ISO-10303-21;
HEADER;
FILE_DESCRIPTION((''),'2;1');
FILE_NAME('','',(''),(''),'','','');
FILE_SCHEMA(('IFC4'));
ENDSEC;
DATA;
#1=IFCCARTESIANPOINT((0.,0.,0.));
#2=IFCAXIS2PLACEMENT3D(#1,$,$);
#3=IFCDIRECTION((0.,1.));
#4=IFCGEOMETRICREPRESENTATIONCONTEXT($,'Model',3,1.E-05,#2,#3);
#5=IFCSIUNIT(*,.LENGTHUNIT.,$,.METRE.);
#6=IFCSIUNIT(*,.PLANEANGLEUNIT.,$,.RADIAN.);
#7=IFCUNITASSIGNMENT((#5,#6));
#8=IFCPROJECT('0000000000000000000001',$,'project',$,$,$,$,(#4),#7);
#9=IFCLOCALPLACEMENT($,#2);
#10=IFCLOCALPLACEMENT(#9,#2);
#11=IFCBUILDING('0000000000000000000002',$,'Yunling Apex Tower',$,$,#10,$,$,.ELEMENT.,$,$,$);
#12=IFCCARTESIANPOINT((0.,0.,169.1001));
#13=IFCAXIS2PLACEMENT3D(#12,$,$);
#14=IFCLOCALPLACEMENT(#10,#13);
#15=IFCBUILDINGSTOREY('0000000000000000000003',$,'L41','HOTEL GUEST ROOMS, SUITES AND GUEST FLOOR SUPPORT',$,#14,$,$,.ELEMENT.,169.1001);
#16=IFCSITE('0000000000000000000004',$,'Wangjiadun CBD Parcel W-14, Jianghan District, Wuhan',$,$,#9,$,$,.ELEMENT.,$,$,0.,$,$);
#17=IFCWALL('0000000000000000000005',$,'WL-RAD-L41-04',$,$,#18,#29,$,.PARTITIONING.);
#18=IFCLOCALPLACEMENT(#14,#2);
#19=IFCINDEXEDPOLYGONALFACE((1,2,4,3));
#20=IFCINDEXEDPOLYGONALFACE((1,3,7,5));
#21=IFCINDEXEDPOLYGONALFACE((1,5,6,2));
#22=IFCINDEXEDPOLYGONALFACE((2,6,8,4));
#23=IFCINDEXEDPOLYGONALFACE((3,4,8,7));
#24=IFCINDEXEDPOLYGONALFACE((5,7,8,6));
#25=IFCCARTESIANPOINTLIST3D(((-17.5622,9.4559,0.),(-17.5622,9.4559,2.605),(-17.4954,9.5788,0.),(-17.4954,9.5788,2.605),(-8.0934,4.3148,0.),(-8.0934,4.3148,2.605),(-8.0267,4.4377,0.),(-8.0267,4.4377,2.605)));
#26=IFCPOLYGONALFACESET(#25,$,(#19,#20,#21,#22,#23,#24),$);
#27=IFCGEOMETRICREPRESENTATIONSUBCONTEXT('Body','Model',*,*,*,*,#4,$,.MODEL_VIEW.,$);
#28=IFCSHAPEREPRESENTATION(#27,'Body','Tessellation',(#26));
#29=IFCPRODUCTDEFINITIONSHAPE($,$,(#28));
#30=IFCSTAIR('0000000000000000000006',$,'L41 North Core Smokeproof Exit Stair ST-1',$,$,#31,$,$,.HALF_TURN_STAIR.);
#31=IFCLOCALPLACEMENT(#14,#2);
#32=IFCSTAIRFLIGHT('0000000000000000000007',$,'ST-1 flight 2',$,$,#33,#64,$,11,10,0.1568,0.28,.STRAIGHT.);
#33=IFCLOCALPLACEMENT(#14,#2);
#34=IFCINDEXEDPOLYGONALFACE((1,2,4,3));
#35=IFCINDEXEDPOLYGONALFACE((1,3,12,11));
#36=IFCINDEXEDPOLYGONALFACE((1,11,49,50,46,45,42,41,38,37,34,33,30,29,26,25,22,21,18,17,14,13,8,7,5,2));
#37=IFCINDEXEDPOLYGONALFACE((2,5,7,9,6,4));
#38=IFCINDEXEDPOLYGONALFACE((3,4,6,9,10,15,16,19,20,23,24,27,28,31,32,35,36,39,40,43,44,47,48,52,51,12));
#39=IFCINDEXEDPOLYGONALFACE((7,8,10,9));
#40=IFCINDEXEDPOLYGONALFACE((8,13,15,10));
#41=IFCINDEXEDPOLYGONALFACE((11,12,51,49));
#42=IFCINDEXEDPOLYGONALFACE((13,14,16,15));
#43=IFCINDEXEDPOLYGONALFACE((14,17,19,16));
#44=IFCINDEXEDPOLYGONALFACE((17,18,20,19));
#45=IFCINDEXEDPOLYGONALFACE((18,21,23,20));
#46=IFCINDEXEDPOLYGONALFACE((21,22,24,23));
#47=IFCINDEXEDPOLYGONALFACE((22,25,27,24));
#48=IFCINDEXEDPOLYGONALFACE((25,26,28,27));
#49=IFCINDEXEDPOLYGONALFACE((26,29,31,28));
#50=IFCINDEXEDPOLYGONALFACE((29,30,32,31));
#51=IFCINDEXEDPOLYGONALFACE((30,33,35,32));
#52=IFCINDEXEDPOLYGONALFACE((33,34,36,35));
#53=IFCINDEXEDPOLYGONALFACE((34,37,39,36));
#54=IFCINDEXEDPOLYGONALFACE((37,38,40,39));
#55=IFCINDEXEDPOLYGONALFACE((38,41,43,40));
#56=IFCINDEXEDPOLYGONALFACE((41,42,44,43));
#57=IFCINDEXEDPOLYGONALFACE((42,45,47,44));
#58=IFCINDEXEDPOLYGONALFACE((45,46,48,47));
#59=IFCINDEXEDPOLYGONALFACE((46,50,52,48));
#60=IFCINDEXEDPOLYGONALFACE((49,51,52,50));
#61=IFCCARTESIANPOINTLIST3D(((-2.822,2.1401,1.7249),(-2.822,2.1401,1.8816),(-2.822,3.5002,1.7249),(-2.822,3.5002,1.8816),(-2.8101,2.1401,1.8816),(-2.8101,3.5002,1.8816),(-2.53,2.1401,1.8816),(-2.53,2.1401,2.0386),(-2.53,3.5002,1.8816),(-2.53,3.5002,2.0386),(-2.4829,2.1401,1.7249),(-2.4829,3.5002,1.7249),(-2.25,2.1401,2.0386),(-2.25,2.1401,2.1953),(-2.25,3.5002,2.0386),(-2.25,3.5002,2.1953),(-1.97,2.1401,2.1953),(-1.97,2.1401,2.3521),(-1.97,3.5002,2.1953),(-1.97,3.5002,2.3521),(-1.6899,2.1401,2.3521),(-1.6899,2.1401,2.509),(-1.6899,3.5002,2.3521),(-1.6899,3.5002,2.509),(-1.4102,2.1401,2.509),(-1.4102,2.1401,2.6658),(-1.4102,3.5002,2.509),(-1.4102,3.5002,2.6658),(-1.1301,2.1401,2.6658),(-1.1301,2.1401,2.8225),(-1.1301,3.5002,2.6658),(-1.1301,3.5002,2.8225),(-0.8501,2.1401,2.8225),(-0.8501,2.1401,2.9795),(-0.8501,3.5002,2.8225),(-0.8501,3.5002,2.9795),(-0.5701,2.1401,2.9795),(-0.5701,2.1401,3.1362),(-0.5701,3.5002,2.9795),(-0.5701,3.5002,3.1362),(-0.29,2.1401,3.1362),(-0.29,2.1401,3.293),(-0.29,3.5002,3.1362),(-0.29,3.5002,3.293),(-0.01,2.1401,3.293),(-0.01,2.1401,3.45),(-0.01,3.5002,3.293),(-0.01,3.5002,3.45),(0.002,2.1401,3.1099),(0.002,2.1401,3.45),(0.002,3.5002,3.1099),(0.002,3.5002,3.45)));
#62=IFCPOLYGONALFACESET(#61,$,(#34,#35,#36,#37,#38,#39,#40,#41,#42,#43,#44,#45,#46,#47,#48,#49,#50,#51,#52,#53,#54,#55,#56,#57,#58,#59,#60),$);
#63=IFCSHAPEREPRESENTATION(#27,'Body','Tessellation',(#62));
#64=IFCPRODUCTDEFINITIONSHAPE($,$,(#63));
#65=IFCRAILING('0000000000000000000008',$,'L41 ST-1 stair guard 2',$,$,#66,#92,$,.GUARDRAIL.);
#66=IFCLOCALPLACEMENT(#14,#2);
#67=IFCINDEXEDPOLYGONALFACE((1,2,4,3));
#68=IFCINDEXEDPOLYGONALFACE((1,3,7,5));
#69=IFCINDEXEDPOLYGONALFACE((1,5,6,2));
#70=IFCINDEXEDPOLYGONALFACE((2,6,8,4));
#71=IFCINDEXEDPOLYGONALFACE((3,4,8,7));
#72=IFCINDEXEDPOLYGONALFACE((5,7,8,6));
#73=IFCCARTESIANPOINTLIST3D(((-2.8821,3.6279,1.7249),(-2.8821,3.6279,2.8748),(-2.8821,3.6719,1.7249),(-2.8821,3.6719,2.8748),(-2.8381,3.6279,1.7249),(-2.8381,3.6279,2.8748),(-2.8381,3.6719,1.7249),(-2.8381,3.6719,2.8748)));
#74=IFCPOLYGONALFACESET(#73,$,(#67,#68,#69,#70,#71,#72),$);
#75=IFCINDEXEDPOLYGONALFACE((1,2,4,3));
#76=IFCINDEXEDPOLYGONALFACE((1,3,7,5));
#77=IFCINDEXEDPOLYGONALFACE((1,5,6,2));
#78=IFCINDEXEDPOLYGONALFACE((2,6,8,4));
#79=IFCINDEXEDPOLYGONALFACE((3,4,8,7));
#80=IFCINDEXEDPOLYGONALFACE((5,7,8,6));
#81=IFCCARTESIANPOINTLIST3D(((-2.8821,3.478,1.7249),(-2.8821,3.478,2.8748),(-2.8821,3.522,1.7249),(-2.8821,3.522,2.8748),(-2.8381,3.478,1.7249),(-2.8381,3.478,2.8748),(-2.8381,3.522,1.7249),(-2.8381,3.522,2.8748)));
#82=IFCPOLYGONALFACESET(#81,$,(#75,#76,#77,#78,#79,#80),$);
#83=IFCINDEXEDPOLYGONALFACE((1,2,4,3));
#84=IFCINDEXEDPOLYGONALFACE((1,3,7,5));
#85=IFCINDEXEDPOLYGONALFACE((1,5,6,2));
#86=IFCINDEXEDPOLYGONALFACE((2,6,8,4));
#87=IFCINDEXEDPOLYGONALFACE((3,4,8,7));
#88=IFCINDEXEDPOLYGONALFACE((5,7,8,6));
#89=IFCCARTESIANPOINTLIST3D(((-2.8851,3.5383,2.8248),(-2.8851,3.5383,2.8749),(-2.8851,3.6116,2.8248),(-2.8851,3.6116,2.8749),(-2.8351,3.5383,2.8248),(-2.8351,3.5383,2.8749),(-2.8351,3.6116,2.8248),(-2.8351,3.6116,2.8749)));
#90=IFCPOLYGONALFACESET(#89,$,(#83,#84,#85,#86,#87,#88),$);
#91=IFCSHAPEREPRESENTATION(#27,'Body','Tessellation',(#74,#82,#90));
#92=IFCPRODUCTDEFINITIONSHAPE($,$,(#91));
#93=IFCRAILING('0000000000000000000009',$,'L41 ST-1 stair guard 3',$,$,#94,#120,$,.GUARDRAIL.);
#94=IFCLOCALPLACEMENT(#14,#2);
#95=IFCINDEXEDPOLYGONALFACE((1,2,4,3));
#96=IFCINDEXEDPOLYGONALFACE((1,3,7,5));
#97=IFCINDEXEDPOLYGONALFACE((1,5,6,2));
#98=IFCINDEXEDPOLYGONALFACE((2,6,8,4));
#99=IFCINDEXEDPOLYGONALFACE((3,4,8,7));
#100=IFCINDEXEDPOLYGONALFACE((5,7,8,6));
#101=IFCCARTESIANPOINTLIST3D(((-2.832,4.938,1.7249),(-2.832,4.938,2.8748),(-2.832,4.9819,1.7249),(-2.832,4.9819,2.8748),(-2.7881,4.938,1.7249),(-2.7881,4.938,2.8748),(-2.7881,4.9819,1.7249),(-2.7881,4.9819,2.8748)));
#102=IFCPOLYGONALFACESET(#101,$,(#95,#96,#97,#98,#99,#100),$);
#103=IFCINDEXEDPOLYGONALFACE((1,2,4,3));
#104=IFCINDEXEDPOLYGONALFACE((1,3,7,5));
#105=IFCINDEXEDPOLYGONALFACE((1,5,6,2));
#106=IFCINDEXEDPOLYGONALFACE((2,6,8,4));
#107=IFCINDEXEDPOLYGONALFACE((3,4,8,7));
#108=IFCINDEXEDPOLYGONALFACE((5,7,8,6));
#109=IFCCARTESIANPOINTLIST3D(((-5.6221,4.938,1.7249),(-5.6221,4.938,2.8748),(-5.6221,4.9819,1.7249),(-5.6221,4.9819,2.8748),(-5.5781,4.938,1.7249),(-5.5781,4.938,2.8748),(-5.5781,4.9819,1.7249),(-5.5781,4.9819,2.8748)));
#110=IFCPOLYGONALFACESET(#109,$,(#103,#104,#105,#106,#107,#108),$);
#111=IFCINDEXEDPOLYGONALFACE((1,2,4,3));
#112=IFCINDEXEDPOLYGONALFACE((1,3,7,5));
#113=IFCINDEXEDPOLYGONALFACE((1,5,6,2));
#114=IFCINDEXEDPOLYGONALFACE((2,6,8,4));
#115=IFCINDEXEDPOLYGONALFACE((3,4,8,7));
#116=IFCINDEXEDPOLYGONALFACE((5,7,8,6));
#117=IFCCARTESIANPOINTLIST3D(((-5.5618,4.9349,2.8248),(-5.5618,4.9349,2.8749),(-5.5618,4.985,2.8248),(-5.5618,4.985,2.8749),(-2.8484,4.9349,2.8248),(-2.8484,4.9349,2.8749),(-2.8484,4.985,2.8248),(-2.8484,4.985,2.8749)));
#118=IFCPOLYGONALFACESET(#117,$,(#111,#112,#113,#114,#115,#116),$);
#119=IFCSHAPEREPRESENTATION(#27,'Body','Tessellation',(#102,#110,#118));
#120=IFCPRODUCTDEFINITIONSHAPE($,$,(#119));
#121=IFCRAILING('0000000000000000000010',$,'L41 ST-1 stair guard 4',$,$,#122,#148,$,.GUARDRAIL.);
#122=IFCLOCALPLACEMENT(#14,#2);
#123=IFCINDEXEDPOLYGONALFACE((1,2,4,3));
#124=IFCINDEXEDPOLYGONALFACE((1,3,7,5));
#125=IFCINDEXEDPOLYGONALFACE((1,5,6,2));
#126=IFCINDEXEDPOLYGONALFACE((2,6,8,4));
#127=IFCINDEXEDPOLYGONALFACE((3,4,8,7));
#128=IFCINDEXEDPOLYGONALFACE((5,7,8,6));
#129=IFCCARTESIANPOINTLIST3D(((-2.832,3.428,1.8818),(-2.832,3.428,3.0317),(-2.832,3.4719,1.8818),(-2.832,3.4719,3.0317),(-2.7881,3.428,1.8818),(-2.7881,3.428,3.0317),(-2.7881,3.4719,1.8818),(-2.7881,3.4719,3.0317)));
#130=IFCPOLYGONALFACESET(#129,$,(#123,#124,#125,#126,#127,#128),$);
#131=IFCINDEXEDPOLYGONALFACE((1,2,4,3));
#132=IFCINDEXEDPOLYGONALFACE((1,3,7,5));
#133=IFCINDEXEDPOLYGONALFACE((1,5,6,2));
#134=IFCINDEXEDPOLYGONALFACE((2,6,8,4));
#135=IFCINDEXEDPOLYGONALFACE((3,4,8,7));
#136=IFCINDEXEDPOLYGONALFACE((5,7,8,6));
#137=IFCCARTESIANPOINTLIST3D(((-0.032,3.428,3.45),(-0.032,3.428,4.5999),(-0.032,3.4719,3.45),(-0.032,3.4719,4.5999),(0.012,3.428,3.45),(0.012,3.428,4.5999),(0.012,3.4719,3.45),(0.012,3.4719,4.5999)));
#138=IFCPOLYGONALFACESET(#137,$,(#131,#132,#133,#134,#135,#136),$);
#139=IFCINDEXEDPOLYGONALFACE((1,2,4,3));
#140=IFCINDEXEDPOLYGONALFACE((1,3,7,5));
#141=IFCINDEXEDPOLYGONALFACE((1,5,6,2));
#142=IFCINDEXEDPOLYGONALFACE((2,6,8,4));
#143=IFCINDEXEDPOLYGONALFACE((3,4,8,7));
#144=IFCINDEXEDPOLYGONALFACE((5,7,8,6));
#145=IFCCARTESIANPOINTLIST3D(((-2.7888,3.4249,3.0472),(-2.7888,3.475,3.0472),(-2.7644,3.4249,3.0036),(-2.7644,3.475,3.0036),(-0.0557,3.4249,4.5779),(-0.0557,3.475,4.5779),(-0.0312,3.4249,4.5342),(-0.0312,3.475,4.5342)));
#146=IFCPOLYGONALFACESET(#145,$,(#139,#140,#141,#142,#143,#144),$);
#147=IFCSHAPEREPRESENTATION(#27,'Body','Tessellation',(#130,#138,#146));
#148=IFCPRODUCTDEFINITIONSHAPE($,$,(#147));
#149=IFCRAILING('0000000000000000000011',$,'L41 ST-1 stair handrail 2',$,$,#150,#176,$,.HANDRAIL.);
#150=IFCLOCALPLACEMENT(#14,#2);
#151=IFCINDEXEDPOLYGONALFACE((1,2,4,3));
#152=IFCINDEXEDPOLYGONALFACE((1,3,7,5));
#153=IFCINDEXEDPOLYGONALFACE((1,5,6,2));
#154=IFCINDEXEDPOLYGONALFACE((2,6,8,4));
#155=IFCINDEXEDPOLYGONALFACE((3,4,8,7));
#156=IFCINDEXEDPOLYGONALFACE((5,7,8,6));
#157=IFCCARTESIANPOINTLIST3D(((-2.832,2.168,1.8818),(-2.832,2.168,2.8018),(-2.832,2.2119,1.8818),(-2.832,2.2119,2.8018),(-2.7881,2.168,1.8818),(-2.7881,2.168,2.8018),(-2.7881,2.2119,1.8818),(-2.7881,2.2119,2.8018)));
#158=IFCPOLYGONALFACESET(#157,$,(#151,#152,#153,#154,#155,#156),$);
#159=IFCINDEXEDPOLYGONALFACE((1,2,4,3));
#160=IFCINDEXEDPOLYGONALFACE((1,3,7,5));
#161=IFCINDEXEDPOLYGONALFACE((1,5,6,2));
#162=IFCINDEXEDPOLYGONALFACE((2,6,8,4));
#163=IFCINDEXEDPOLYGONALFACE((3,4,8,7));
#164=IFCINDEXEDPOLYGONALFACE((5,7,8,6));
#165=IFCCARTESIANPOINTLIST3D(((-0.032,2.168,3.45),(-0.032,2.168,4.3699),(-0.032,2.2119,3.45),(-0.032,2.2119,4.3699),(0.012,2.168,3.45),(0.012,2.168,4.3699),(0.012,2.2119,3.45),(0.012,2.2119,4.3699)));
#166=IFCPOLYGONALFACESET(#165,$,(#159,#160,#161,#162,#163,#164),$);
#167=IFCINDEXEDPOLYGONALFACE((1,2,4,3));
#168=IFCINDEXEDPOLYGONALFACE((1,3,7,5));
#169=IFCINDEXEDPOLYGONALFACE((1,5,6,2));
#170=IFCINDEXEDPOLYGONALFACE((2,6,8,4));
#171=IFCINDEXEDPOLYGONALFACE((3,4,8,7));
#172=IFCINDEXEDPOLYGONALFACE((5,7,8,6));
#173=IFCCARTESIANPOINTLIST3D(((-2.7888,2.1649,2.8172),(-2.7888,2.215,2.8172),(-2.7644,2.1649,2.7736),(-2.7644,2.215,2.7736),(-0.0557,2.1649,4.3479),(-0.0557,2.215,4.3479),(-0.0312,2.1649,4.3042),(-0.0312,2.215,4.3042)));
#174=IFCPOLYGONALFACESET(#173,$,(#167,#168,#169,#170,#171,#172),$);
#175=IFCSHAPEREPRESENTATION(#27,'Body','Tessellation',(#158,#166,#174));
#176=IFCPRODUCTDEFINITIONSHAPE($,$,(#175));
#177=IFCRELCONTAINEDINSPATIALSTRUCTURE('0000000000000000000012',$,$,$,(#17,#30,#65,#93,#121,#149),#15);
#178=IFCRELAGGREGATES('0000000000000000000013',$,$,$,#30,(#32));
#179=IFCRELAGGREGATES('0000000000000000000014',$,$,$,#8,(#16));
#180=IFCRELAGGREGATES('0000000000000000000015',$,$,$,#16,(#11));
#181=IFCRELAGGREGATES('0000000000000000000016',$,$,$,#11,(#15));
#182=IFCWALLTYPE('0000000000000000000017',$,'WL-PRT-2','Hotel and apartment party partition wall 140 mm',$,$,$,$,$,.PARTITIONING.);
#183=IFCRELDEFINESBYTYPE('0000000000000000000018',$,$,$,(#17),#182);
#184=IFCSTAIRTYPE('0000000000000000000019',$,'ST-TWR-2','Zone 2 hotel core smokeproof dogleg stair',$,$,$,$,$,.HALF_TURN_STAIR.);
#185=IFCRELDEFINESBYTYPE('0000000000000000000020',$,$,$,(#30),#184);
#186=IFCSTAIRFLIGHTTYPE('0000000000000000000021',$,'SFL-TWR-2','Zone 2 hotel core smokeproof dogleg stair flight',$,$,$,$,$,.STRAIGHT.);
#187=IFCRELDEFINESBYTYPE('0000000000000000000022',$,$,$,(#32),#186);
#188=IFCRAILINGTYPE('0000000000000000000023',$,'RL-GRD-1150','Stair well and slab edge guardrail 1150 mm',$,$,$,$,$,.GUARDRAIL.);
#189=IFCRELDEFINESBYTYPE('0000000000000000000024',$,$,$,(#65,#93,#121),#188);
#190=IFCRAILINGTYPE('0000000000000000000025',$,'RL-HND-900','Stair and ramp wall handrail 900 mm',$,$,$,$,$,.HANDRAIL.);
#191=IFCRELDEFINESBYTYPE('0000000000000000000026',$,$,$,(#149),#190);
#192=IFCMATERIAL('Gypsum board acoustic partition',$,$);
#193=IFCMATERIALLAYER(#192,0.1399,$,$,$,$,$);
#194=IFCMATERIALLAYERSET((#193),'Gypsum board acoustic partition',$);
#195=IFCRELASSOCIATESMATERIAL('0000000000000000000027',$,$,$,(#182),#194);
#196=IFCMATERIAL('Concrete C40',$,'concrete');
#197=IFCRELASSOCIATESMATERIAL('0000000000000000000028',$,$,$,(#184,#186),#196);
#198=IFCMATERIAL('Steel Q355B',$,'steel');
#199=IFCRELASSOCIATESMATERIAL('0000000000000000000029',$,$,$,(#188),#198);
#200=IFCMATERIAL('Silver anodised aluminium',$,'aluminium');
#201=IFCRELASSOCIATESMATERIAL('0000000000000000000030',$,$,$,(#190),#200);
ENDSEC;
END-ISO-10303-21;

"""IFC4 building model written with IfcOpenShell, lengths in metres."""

from ifc_helpers import new_model, si_unit, direction, frame, frame_2d, origin, origin_2d, place, context, subcontext, project, spatial, polyline, rectangle, outline, extrude, material, layer, layer_set, type_object, element, aggregate, save


model = new_model("IFC4")

# Units and contexts
model_context = context("Model", 3, precision=1e-05, world=origin(), true_north=direction((0.0, 1.0)))
body_context = subcontext(model_context, "Body", "Model", "MODEL_VIEW")
ifc_project = project(units=[si_unit("LENGTHUNIT", "METRE"), si_unit("PLANEANGLEUNIT", "RADIAN")], contexts=[model_context])

# Site, building, storey
site_placement = place(None, origin())
site = spatial("IfcSite", under=ifc_project, at=site_placement, Name="Wangjiadun CBD Parcel W-14, Jianghan District, Wuhan", CompositionType="ELEMENT", RefElevation=0.0)
building_placement = place(site_placement, origin())
building = spatial("IfcBuilding", under=site, at=building_placement, Name="Yunling Apex Tower", CompositionType="ELEMENT")
storey_placement = place(building_placement, frame((0.0, 0.0, 169.1001)))
storey = spatial("IfcBuildingStorey", under=building, at=storey_placement, Name="L41", Description="HOTEL GUEST ROOMS, SUITES AND GUEST FLOOR SUPPORT", CompositionType="ELEMENT", Elevation=169.1001)

# Shared definitions
ifc_material_1 = material(Name="Steel Q355B", Category="steel")

# Wall
ifc_material_2 = material(Name="Concrete C40", Category="concrete")
ifc_material_3 = material(Name="Gypsum board acoustic partition")
ifc_layer_1 = layer(ifc_material_3, 0.1399)
ifc_layer_set_1 = layer_set([ifc_layer_1], Name="Gypsum board acoustic partition")
wall_type_1 = type_object("IfcWallType", Name="WL-PRT-2", Description="Hotel and apartment party partition wall 140 mm", PredefinedType="PARTITIONING", material=ifc_layer_set_1)
wall_1_placement = place(storey_placement, frame((-8.0601, 4.3762, 0.0), z_axis=(0.0, 0.0, 1.0), x_axis=(-0.878817, 0.477159, 0.0)))
element("IfcWall", 1, at=wall_1_placement, inside=storey, type_object=wall_type_1, Name="WL-RAD-L41-04", PredefinedType="PARTITIONING", context=body_context, shape_type="SweptSolid", body=[
    extrude(rectangle(XDim=10.7744, YDim=0.1399, at=frame_2d((5.3872, 0.0))), origin(), (0.0, 0.0, 1.0), 2.605),
])

# Stair, stair flight
stair_type = type_object("IfcStairType", Name="ST-TWR-2", Description="Zone 2 hotel core smokeproof dogleg stair", PredefinedType="HALF_TURN_STAIR", material=ifc_material_2)
stair_placement = place(storey_placement, origin())
stair = element("IfcStair", 2, at=stair_placement, inside=storey, type_object=stair_type, Name="L41 North Core Smokeproof Exit Stair ST-1", PredefinedType="HALF_TURN_STAIR")
stair_flight_type = type_object("IfcStairFlightType", Name="SFL-TWR-2", Description="Zone 2 hotel core smokeproof dogleg stair flight", PredefinedType="STRAIGHT", material=ifc_material_2)
stair_flight_placement = place(storey_placement, frame((-2.8101, 2.8201, 1.7249), z_axis=(0.0, 0.0, 1.0), x_axis=(1.0, 0.0, 0.0)))
stair_flight = element("IfcStairFlight", 3, at=stair_flight_placement, type_object=stair_flight_type, Name="ST-1 flight 2", NumberOfRisers=11, NumberOfTreads=10, PredefinedType="STRAIGHT", RiserHeight=0.1568, TreadLength=0.28, context=body_context, shape_type="SweptSolid", body=[
    extrude(outline(polyline([(-0.012, 0.0), (-0.012, 0.1567), (0.0, 0.1567), (0.28, 0.1567), (0.28, 0.3137), (0.5601, 0.3137), (0.5601, 0.4705), (0.8401, 0.4705), (0.8401, 0.6272), (1.1201, 0.6272), (1.1201, 0.7842), (1.3999, 0.7842), (1.3999, 0.9409), (1.6799, 0.9409), (1.6799, 1.0977), (1.96, 1.0977), (1.96, 1.2546), (2.24, 1.2546), (2.24, 1.4114), (2.52, 1.4114), (2.52, 1.5681), (2.8, 1.5681), (2.8, 1.7251), (2.812, 1.7251), (2.812, 1.385), (0.3271, 0.0), (-0.012, 0.0)])), frame((0.0, 0.6802, 0.0), z_axis=(0.0, -1.0, 0.0), x_axis=(1.0, 0.0, 0.0)), (0.0, 0.0, 1.0), 1.3601),
])
aggregate(stair, [stair_flight])

# Railings
railing_type_1 = type_object("IfcRailingType", Name="RL-GRD-1150", Description="Stair well and slab edge guardrail 1150 mm", PredefinedType="GUARDRAIL", material=ifc_material_1)
railing_1_placement = place(storey_placement, frame((-2.8601, 3.6499, 1.7249)))
element("IfcRailing", 4, at=railing_1_placement, inside=storey, type_object=railing_type_1, Name="L41 ST-1 stair guard 2", PredefinedType="GUARDRAIL", context=body_context, shape_type="SweptSolid", body=[
    extrude(rectangle(XDim=0.0439, YDim=0.0439, at=origin_2d()), origin(), (0.0, 0.0, 1.0), 1.1499),
    extrude(rectangle(XDim=0.0439, YDim=0.0439, at=origin_2d()), frame((0.0, -0.1499, 0.0)), (0.0, 0.0, 1.0), 1.1499),
    extrude(rectangle(XDim=0.05, YDim=0.05, at=origin_2d()), frame((0.0, -0.0383, 1.125), z_axis=(0.0, -1.0, 0.0), x_axis=(1.0, 0.0, 0.0)), (0.0, 0.0, 1.0), 0.0732),
])
railing_2_placement = place(storey_placement, frame((-2.8101, 4.96, 1.7249)))
element("IfcRailing", 5, at=railing_2_placement, inside=storey, type_object=railing_type_1, Name="L41 ST-1 stair guard 3", PredefinedType="GUARDRAIL", context=body_context, shape_type="SweptSolid", body=[
    extrude(rectangle(XDim=0.0439, YDim=0.0439, at=origin_2d()), origin(), (0.0, 0.0, 1.0), 1.1499),
    extrude(rectangle(XDim=0.0439, YDim=0.0439, at=origin_2d()), frame((-2.79, 0.0, 0.0)), (0.0, 0.0, 1.0), 1.1499),
    extrude(rectangle(XDim=0.05, YDim=0.05, at=origin_2d()), frame((-0.0383, 0.0, 1.125), z_axis=(-1.0, 0.0, 0.0), x_axis=(0.0, -1.0, 0.0)), (0.0, 0.0, 1.0), 2.7134),
])
railing_3_placement = place(storey_placement, frame((-2.8101, 3.45, 1.8818)))
element("IfcRailing", 6, at=railing_3_placement, inside=storey, type_object=railing_type_1, Name="L41 ST-1 stair guard 4", PredefinedType="GUARDRAIL", context=body_context, shape_type="SweptSolid", body=[
    extrude(rectangle(XDim=0.0439, YDim=0.0439, at=origin_2d()), origin(), (0.0, 0.0, 1.0), 1.1499),
    extrude(rectangle(XDim=0.0439, YDim=0.0439, at=origin_2d()), frame((2.8, 0.0, 1.5681)), (0.0, 0.0, 1.0), 1.1499),
    extrude(rectangle(XDim=0.05, YDim=0.05, at=origin_2d()), frame((0.0334, 0.0, 1.1436), z_axis=(0.872494, 0.0, 0.488624), x_axis=(0.0, 1.0, 0.0)), (0.0, 0.0, 1.0), 3.1326),
])
ifc_material_4 = material(Name="Silver anodised aluminium", Category="aluminium")
railing_type_2 = type_object("IfcRailingType", Name="RL-HND-900", Description="Stair and ramp wall handrail 900 mm", PredefinedType="HANDRAIL", material=ifc_material_4)
railing_4_placement = place(storey_placement, frame((-2.8101, 2.1899, 1.8818)))
element("IfcRailing", 7, at=railing_4_placement, inside=storey, type_object=railing_type_2, Name="L41 ST-1 stair handrail 2", PredefinedType="HANDRAIL", context=body_context, shape_type="SweptSolid", body=[
    extrude(rectangle(XDim=0.0439, YDim=0.0439, at=origin_2d()), origin(), (0.0, 0.0, 1.0), 0.9199),
    extrude(rectangle(XDim=0.0439, YDim=0.0439, at=origin_2d()), frame((2.8, 0.0, 1.5681)), (0.0, 0.0, 1.0), 0.9199),
    extrude(rectangle(XDim=0.05, YDim=0.05, at=origin_2d()), frame((0.0334, 0.0, 0.9136), z_axis=(0.872494, 0.0, 0.488624), x_axis=(0.0, 1.0, 0.0)), (0.0, 0.0, 1.0), 3.1326),
])

save(model, "model.ifc")
